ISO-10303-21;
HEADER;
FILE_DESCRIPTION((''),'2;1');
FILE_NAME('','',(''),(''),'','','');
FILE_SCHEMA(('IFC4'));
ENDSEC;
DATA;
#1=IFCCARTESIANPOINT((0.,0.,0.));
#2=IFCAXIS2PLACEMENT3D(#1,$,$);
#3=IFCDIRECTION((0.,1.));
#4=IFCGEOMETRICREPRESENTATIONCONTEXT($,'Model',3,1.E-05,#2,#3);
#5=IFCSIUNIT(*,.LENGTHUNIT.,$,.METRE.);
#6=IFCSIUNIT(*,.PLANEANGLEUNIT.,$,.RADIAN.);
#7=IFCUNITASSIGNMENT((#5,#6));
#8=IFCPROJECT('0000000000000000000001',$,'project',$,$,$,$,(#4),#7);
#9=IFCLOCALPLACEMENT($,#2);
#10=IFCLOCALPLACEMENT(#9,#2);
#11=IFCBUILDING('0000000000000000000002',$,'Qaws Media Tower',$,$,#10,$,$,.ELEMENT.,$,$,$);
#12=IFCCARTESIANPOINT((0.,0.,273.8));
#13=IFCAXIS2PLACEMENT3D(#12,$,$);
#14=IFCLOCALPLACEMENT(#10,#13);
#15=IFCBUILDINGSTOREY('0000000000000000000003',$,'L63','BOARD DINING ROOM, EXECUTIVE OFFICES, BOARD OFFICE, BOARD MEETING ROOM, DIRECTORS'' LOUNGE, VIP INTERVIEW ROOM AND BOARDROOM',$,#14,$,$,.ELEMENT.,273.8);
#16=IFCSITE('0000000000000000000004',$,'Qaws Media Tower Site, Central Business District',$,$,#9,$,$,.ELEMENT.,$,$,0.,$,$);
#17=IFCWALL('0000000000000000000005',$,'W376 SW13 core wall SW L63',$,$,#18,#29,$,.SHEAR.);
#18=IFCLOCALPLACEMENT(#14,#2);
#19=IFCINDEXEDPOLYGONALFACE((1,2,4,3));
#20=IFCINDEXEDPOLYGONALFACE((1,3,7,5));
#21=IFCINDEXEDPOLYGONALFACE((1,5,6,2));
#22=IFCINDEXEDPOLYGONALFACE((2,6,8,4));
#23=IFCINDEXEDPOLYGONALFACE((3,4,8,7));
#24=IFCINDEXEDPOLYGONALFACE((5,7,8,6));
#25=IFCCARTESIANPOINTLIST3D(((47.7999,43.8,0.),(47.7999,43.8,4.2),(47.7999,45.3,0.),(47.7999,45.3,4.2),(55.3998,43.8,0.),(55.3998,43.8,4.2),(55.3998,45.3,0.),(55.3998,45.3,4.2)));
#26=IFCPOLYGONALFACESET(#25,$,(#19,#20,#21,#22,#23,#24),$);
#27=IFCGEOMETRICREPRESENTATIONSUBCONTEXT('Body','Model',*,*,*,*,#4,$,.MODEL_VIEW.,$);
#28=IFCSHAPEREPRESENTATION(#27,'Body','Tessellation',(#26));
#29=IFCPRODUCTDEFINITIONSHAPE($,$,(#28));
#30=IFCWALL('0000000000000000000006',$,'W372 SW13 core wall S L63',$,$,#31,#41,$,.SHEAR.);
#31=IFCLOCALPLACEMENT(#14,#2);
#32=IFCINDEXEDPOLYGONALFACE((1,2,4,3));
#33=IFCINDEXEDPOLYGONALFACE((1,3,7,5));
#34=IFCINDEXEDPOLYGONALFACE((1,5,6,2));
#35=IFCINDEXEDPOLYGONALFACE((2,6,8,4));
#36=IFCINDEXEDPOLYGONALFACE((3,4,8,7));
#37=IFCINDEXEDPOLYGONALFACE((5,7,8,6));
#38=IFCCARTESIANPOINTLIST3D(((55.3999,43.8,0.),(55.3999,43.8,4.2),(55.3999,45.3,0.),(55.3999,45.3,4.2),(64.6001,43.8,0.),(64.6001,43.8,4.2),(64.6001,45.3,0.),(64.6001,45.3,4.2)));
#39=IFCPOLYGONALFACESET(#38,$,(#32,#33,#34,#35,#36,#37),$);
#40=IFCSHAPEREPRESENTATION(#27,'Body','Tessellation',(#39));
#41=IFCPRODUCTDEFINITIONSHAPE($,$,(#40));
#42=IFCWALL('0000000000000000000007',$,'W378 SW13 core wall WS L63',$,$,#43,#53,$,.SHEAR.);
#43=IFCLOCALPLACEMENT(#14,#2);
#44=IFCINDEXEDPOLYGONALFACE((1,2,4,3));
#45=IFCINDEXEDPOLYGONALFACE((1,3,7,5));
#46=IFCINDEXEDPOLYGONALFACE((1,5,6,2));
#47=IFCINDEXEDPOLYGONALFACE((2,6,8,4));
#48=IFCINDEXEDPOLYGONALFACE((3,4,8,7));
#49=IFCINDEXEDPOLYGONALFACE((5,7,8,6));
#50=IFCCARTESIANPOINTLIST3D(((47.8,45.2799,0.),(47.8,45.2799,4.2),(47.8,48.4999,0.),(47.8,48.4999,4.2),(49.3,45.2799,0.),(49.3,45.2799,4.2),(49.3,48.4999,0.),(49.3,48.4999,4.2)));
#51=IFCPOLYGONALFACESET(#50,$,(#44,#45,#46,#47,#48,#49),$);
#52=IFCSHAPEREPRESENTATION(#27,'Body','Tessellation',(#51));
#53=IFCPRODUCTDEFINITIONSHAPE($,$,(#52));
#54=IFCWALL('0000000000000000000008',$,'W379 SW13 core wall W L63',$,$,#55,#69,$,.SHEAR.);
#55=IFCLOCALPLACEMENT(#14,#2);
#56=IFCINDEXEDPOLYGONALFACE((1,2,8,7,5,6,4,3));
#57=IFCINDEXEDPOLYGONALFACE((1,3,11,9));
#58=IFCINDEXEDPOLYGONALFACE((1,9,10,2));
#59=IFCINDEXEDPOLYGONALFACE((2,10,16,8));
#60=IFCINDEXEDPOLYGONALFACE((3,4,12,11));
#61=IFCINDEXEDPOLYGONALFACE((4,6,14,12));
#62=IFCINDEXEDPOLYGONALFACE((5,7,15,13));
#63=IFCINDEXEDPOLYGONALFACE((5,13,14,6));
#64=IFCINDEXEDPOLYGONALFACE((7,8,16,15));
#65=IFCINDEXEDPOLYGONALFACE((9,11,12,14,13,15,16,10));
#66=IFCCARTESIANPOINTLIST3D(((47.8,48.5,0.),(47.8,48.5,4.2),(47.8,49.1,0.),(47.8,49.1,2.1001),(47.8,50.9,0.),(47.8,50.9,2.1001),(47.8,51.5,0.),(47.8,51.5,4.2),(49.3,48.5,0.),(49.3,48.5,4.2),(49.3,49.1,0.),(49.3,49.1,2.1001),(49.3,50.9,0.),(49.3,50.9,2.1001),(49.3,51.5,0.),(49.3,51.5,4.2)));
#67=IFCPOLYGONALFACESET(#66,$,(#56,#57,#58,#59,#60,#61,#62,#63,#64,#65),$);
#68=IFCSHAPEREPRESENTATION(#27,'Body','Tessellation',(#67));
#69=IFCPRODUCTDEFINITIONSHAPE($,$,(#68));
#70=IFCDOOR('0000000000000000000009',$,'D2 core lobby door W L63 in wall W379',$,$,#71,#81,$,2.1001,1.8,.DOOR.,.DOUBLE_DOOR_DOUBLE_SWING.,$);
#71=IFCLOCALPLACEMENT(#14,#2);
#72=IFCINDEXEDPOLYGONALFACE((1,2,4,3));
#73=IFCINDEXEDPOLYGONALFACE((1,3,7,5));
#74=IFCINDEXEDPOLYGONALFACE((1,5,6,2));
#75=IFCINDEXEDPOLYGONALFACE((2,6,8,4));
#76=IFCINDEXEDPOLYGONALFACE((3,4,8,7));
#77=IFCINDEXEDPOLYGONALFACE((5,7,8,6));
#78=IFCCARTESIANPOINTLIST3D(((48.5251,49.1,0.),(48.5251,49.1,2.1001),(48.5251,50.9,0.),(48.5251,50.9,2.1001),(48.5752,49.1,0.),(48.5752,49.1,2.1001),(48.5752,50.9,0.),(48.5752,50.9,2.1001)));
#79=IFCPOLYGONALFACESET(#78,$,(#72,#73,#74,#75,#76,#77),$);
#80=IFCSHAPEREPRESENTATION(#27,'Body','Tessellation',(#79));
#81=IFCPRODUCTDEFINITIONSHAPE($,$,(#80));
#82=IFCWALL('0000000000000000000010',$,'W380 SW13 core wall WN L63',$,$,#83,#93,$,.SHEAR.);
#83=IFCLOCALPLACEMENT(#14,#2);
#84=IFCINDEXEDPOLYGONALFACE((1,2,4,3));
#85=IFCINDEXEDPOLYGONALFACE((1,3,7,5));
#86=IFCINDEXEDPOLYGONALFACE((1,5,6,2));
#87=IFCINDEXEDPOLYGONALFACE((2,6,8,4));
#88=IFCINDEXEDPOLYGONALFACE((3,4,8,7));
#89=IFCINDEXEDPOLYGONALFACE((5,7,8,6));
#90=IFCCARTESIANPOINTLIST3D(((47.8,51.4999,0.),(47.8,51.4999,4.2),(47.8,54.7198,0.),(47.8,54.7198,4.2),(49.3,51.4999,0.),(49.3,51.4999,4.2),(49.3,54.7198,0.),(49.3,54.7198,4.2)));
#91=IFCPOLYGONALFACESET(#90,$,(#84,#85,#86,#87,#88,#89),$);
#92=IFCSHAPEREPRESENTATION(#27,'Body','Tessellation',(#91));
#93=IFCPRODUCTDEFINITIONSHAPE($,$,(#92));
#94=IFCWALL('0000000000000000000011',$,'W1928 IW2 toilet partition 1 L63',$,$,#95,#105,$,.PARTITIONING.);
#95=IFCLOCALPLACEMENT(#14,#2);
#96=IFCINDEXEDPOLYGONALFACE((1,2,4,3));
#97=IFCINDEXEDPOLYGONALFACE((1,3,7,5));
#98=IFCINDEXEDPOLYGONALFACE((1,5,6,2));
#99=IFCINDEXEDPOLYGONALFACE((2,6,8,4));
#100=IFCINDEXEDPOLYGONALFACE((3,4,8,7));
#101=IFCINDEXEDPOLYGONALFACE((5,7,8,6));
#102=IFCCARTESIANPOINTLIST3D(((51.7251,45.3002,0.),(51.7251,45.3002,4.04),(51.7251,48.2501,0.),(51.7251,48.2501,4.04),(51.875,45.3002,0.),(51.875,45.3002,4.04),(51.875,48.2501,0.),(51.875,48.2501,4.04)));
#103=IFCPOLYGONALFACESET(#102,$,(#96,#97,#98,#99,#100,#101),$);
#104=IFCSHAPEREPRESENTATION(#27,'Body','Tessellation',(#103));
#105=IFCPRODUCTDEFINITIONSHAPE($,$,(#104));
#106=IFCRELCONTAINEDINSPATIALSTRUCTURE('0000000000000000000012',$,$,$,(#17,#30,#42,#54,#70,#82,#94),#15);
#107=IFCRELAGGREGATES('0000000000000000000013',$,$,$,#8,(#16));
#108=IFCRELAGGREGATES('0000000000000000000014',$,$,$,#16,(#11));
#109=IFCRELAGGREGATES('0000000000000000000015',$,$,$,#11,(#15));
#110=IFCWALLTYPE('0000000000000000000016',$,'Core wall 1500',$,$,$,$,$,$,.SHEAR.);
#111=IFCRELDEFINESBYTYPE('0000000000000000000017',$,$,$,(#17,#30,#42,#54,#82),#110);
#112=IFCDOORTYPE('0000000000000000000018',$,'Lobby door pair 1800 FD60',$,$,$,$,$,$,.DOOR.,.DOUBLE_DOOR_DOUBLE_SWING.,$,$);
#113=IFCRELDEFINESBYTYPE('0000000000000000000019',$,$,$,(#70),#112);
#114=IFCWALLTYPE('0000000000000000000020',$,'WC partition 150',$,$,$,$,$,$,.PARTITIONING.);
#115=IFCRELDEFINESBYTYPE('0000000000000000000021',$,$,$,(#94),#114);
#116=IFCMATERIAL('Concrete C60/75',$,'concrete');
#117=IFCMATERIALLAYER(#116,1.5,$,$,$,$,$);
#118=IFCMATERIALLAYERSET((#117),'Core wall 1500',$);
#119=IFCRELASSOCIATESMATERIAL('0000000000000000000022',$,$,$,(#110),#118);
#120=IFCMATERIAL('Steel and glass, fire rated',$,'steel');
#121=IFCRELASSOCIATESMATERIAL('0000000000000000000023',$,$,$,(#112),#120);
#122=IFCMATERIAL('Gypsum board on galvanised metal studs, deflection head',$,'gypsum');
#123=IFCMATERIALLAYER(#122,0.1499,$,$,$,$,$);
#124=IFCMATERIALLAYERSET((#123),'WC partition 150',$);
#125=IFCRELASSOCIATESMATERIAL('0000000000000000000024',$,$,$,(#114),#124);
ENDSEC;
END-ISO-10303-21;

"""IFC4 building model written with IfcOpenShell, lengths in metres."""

from ifc_helpers import new_model, si_unit, direction, frame, frame_2d, origin, place, context, subcontext, project, spatial, rectangle, extrude, material, layer, layer_set, type_object, element, fill, save


model = new_model("IFC4")

# Units and contexts
model_context = context("Model", 3, precision=1e-05, world=origin(), true_north=direction((0.0, 1.0)))
body_context = subcontext(model_context, "Body", "Model", "MODEL_VIEW")
ifc_project = project(units=[si_unit("LENGTHUNIT", "METRE"), si_unit("PLANEANGLEUNIT", "RADIAN")], contexts=[model_context])

# Site, building, storey
site_placement = place(None, origin())
site = spatial("IfcSite", under=ifc_project, at=site_placement, Name="Qaws Media Tower Site, Central Business District", CompositionType="ELEMENT", RefElevation=0.0)
building_placement = place(site_placement, origin())
building = spatial("IfcBuilding", under=site, at=building_placement, Name="Qaws Media Tower", CompositionType="ELEMENT")
storey_placement = place(building_placement, frame((0.0, 0.0, 273.8)))
storey = spatial("IfcBuildingStorey", under=building, at=storey_placement, Name="L63", Description="BOARD DINING ROOM, EXECUTIVE OFFICES, BOARD OFFICE, BOARD MEETING ROOM, DIRECTORS' LOUNGE, VIP INTERVIEW ROOM AND BOARDROOM", CompositionType="ELEMENT", Elevation=273.8)

# Walls
ifc_material_1 = material(Name="Concrete C60/75", Category="concrete")
ifc_layer_1 = layer(ifc_material_1, 1.5)
ifc_layer_set_1 = layer_set([ifc_layer_1], Name="Core wall 1500")
wall_type_1 = type_object("IfcWallType", Name="Core wall 1500", PredefinedType="SHEAR", material=ifc_layer_set_1)
wall_1_placement = place(storey_placement, frame((47.8, 44.55, 0.0), z_axis=(0.0, 0.0, 1.0), x_axis=(1.0, 0.0, 0.0)))
element("IfcWall", 1, at=wall_1_placement, inside=storey, type_object=wall_type_1, Name="W376 SW13 core wall SW L63", PredefinedType="SHEAR", context=body_context, shape_type="SweptSolid", body=[
    extrude(rectangle(XDim=7.5999, YDim=1.5, at=frame_2d((3.7998, 0.0))), origin(), (0.0, 0.0, 1.0), 4.2),
])
wall_2_placement = place(storey_placement, frame((55.3999, 44.55, 0.0), z_axis=(0.0, 0.0, 1.0), x_axis=(1.0, 0.0, 0.0)))
element("IfcWall", 2, at=wall_2_placement, inside=storey, type_object=wall_type_1, Name="W372 SW13 core wall S L63", PredefinedType="SHEAR", context=body_context, shape_type="SweptSolid", body=[
    extrude(rectangle(XDim=9.2002, YDim=1.5, at=frame_2d((4.6001, 0.0))), origin(), (0.0, 0.0, 1.0), 4.2),
])
wall_3_placement = place(storey_placement, frame((48.55, 45.28, 0.0), z_axis=(0.0, 0.0, 1.0), x_axis=(0.0, 1.0, 0.0)))
element("IfcWall", 3, at=wall_3_placement, inside=storey, type_object=wall_type_1, Name="W378 SW13 core wall WS L63", PredefinedType="SHEAR", context=body_context, shape_type="SweptSolid", body=[
    extrude(rectangle(XDim=3.22, YDim=1.5, at=frame_2d((1.6099, 0.0))), origin(), (0.0, 0.0, 1.0), 4.2),
])

# Wall, opening, door
wall_4_placement = place(storey_placement, frame((48.55, 48.5, 0.0), z_axis=(0.0, 0.0, 1.0), x_axis=(0.0, 1.0, 0.0)))
wall_4 = element("IfcWall", 4, at=wall_4_placement, inside=storey, type_object=wall_type_1, Name="W379 SW13 core wall W L63", PredefinedType="SHEAR", context=body_context, shape_type="SweptSolid", body=[
    extrude(rectangle(XDim=3.0, YDim=1.5, at=frame_2d((1.5, 0.0))), origin(), (0.0, 0.0, 1.0), 4.2),
])
opening_1_placement = place(wall_4_placement, frame((0.6001, 0.0, 0.0)))
opening_1 = element("IfcOpeningElement", 5, at=opening_1_placement, cuts=wall_4, PredefinedType="OPENING", context=body_context, shape_type="SweptSolid", body=[
    extrude(rectangle(XDim=1.8, YDim=2.1001, at=frame_2d((0.8999, 1.05))), frame((0.0, 0.76, 0.0), z_axis=(0.0, -1.0, 0.0), x_axis=(1.0, 0.0, 0.0)), (0.0, 0.0, 1.0), 1.52),
])
ifc_material_2 = material(Name="Steel and glass, fire rated", Category="steel")
door_type_1 = type_object("IfcDoorType", Name="Lobby door pair 1800 FD60", OperationType="DOUBLE_DOOR_DOUBLE_SWING", PredefinedType="DOOR", material=ifc_material_2)
door_1_placement = place(opening_1_placement, origin())
door_1 = element("IfcDoor", 6, at=door_1_placement, inside=storey, type_object=door_type_1, Name="D2 core lobby door W L63 in wall W379", OperationType="DOUBLE_DOOR_DOUBLE_SWING", OverallHeight=2.1001, OverallWidth=1.8, PredefinedType="DOOR", context=body_context, shape_type="SweptSolid", body=[
    extrude(rectangle(XDim=1.8, YDim=2.1001, at=frame_2d((0.8999, 1.05))), frame((0.0, 0.0249, 0.0), z_axis=(0.0, -1.0, 0.0), x_axis=(1.0, 0.0, 0.0)), (0.0, 0.0, 1.0), 0.05),
])
fill(opening_1, door_1)

# Walls
wall_5_placement = place(storey_placement, frame((48.55, 51.5, 0.0), z_axis=(0.0, 0.0, 1.0), x_axis=(0.0, 1.0, 0.0)))
element("IfcWall", 7, at=wall_5_placement, inside=storey, type_object=wall_type_1, Name="W380 SW13 core wall WN L63", PredefinedType="SHEAR", context=body_context, shape_type="SweptSolid", body=[
    extrude(rectangle(XDim=3.22, YDim=1.5, at=frame_2d((1.6099, 0.0))), origin(), (0.0, 0.0, 1.0), 4.2),
])
ifc_material_3 = material(Name="Gypsum board on galvanised metal studs, deflection head", Category="gypsum")
ifc_layer_2 = layer(ifc_material_3, 0.1499)
ifc_layer_set_2 = layer_set([ifc_layer_2], Name="WC partition 150")
wall_type_2 = type_object("IfcWallType", Name="WC partition 150", PredefinedType="PARTITIONING", material=ifc_layer_set_2)
wall_6_placement = place(storey_placement, frame((51.8, 45.3, 0.0), z_axis=(0.0, 0.0, 1.0), x_axis=(0.0, 1.0, 0.0)))
element("IfcWall", 8, at=wall_6_placement, inside=storey, type_object=wall_type_2, Name="W1928 IW2 toilet partition 1 L63", PredefinedType="PARTITIONING", context=body_context, shape_type="SweptSolid", body=[
    extrude(rectangle(XDim=2.95, YDim=0.1499, at=frame_2d((1.4751, 0.0))), origin(), (0.0, 0.0, 1.0), 4.04),
])

save(model, "model.ifc")
